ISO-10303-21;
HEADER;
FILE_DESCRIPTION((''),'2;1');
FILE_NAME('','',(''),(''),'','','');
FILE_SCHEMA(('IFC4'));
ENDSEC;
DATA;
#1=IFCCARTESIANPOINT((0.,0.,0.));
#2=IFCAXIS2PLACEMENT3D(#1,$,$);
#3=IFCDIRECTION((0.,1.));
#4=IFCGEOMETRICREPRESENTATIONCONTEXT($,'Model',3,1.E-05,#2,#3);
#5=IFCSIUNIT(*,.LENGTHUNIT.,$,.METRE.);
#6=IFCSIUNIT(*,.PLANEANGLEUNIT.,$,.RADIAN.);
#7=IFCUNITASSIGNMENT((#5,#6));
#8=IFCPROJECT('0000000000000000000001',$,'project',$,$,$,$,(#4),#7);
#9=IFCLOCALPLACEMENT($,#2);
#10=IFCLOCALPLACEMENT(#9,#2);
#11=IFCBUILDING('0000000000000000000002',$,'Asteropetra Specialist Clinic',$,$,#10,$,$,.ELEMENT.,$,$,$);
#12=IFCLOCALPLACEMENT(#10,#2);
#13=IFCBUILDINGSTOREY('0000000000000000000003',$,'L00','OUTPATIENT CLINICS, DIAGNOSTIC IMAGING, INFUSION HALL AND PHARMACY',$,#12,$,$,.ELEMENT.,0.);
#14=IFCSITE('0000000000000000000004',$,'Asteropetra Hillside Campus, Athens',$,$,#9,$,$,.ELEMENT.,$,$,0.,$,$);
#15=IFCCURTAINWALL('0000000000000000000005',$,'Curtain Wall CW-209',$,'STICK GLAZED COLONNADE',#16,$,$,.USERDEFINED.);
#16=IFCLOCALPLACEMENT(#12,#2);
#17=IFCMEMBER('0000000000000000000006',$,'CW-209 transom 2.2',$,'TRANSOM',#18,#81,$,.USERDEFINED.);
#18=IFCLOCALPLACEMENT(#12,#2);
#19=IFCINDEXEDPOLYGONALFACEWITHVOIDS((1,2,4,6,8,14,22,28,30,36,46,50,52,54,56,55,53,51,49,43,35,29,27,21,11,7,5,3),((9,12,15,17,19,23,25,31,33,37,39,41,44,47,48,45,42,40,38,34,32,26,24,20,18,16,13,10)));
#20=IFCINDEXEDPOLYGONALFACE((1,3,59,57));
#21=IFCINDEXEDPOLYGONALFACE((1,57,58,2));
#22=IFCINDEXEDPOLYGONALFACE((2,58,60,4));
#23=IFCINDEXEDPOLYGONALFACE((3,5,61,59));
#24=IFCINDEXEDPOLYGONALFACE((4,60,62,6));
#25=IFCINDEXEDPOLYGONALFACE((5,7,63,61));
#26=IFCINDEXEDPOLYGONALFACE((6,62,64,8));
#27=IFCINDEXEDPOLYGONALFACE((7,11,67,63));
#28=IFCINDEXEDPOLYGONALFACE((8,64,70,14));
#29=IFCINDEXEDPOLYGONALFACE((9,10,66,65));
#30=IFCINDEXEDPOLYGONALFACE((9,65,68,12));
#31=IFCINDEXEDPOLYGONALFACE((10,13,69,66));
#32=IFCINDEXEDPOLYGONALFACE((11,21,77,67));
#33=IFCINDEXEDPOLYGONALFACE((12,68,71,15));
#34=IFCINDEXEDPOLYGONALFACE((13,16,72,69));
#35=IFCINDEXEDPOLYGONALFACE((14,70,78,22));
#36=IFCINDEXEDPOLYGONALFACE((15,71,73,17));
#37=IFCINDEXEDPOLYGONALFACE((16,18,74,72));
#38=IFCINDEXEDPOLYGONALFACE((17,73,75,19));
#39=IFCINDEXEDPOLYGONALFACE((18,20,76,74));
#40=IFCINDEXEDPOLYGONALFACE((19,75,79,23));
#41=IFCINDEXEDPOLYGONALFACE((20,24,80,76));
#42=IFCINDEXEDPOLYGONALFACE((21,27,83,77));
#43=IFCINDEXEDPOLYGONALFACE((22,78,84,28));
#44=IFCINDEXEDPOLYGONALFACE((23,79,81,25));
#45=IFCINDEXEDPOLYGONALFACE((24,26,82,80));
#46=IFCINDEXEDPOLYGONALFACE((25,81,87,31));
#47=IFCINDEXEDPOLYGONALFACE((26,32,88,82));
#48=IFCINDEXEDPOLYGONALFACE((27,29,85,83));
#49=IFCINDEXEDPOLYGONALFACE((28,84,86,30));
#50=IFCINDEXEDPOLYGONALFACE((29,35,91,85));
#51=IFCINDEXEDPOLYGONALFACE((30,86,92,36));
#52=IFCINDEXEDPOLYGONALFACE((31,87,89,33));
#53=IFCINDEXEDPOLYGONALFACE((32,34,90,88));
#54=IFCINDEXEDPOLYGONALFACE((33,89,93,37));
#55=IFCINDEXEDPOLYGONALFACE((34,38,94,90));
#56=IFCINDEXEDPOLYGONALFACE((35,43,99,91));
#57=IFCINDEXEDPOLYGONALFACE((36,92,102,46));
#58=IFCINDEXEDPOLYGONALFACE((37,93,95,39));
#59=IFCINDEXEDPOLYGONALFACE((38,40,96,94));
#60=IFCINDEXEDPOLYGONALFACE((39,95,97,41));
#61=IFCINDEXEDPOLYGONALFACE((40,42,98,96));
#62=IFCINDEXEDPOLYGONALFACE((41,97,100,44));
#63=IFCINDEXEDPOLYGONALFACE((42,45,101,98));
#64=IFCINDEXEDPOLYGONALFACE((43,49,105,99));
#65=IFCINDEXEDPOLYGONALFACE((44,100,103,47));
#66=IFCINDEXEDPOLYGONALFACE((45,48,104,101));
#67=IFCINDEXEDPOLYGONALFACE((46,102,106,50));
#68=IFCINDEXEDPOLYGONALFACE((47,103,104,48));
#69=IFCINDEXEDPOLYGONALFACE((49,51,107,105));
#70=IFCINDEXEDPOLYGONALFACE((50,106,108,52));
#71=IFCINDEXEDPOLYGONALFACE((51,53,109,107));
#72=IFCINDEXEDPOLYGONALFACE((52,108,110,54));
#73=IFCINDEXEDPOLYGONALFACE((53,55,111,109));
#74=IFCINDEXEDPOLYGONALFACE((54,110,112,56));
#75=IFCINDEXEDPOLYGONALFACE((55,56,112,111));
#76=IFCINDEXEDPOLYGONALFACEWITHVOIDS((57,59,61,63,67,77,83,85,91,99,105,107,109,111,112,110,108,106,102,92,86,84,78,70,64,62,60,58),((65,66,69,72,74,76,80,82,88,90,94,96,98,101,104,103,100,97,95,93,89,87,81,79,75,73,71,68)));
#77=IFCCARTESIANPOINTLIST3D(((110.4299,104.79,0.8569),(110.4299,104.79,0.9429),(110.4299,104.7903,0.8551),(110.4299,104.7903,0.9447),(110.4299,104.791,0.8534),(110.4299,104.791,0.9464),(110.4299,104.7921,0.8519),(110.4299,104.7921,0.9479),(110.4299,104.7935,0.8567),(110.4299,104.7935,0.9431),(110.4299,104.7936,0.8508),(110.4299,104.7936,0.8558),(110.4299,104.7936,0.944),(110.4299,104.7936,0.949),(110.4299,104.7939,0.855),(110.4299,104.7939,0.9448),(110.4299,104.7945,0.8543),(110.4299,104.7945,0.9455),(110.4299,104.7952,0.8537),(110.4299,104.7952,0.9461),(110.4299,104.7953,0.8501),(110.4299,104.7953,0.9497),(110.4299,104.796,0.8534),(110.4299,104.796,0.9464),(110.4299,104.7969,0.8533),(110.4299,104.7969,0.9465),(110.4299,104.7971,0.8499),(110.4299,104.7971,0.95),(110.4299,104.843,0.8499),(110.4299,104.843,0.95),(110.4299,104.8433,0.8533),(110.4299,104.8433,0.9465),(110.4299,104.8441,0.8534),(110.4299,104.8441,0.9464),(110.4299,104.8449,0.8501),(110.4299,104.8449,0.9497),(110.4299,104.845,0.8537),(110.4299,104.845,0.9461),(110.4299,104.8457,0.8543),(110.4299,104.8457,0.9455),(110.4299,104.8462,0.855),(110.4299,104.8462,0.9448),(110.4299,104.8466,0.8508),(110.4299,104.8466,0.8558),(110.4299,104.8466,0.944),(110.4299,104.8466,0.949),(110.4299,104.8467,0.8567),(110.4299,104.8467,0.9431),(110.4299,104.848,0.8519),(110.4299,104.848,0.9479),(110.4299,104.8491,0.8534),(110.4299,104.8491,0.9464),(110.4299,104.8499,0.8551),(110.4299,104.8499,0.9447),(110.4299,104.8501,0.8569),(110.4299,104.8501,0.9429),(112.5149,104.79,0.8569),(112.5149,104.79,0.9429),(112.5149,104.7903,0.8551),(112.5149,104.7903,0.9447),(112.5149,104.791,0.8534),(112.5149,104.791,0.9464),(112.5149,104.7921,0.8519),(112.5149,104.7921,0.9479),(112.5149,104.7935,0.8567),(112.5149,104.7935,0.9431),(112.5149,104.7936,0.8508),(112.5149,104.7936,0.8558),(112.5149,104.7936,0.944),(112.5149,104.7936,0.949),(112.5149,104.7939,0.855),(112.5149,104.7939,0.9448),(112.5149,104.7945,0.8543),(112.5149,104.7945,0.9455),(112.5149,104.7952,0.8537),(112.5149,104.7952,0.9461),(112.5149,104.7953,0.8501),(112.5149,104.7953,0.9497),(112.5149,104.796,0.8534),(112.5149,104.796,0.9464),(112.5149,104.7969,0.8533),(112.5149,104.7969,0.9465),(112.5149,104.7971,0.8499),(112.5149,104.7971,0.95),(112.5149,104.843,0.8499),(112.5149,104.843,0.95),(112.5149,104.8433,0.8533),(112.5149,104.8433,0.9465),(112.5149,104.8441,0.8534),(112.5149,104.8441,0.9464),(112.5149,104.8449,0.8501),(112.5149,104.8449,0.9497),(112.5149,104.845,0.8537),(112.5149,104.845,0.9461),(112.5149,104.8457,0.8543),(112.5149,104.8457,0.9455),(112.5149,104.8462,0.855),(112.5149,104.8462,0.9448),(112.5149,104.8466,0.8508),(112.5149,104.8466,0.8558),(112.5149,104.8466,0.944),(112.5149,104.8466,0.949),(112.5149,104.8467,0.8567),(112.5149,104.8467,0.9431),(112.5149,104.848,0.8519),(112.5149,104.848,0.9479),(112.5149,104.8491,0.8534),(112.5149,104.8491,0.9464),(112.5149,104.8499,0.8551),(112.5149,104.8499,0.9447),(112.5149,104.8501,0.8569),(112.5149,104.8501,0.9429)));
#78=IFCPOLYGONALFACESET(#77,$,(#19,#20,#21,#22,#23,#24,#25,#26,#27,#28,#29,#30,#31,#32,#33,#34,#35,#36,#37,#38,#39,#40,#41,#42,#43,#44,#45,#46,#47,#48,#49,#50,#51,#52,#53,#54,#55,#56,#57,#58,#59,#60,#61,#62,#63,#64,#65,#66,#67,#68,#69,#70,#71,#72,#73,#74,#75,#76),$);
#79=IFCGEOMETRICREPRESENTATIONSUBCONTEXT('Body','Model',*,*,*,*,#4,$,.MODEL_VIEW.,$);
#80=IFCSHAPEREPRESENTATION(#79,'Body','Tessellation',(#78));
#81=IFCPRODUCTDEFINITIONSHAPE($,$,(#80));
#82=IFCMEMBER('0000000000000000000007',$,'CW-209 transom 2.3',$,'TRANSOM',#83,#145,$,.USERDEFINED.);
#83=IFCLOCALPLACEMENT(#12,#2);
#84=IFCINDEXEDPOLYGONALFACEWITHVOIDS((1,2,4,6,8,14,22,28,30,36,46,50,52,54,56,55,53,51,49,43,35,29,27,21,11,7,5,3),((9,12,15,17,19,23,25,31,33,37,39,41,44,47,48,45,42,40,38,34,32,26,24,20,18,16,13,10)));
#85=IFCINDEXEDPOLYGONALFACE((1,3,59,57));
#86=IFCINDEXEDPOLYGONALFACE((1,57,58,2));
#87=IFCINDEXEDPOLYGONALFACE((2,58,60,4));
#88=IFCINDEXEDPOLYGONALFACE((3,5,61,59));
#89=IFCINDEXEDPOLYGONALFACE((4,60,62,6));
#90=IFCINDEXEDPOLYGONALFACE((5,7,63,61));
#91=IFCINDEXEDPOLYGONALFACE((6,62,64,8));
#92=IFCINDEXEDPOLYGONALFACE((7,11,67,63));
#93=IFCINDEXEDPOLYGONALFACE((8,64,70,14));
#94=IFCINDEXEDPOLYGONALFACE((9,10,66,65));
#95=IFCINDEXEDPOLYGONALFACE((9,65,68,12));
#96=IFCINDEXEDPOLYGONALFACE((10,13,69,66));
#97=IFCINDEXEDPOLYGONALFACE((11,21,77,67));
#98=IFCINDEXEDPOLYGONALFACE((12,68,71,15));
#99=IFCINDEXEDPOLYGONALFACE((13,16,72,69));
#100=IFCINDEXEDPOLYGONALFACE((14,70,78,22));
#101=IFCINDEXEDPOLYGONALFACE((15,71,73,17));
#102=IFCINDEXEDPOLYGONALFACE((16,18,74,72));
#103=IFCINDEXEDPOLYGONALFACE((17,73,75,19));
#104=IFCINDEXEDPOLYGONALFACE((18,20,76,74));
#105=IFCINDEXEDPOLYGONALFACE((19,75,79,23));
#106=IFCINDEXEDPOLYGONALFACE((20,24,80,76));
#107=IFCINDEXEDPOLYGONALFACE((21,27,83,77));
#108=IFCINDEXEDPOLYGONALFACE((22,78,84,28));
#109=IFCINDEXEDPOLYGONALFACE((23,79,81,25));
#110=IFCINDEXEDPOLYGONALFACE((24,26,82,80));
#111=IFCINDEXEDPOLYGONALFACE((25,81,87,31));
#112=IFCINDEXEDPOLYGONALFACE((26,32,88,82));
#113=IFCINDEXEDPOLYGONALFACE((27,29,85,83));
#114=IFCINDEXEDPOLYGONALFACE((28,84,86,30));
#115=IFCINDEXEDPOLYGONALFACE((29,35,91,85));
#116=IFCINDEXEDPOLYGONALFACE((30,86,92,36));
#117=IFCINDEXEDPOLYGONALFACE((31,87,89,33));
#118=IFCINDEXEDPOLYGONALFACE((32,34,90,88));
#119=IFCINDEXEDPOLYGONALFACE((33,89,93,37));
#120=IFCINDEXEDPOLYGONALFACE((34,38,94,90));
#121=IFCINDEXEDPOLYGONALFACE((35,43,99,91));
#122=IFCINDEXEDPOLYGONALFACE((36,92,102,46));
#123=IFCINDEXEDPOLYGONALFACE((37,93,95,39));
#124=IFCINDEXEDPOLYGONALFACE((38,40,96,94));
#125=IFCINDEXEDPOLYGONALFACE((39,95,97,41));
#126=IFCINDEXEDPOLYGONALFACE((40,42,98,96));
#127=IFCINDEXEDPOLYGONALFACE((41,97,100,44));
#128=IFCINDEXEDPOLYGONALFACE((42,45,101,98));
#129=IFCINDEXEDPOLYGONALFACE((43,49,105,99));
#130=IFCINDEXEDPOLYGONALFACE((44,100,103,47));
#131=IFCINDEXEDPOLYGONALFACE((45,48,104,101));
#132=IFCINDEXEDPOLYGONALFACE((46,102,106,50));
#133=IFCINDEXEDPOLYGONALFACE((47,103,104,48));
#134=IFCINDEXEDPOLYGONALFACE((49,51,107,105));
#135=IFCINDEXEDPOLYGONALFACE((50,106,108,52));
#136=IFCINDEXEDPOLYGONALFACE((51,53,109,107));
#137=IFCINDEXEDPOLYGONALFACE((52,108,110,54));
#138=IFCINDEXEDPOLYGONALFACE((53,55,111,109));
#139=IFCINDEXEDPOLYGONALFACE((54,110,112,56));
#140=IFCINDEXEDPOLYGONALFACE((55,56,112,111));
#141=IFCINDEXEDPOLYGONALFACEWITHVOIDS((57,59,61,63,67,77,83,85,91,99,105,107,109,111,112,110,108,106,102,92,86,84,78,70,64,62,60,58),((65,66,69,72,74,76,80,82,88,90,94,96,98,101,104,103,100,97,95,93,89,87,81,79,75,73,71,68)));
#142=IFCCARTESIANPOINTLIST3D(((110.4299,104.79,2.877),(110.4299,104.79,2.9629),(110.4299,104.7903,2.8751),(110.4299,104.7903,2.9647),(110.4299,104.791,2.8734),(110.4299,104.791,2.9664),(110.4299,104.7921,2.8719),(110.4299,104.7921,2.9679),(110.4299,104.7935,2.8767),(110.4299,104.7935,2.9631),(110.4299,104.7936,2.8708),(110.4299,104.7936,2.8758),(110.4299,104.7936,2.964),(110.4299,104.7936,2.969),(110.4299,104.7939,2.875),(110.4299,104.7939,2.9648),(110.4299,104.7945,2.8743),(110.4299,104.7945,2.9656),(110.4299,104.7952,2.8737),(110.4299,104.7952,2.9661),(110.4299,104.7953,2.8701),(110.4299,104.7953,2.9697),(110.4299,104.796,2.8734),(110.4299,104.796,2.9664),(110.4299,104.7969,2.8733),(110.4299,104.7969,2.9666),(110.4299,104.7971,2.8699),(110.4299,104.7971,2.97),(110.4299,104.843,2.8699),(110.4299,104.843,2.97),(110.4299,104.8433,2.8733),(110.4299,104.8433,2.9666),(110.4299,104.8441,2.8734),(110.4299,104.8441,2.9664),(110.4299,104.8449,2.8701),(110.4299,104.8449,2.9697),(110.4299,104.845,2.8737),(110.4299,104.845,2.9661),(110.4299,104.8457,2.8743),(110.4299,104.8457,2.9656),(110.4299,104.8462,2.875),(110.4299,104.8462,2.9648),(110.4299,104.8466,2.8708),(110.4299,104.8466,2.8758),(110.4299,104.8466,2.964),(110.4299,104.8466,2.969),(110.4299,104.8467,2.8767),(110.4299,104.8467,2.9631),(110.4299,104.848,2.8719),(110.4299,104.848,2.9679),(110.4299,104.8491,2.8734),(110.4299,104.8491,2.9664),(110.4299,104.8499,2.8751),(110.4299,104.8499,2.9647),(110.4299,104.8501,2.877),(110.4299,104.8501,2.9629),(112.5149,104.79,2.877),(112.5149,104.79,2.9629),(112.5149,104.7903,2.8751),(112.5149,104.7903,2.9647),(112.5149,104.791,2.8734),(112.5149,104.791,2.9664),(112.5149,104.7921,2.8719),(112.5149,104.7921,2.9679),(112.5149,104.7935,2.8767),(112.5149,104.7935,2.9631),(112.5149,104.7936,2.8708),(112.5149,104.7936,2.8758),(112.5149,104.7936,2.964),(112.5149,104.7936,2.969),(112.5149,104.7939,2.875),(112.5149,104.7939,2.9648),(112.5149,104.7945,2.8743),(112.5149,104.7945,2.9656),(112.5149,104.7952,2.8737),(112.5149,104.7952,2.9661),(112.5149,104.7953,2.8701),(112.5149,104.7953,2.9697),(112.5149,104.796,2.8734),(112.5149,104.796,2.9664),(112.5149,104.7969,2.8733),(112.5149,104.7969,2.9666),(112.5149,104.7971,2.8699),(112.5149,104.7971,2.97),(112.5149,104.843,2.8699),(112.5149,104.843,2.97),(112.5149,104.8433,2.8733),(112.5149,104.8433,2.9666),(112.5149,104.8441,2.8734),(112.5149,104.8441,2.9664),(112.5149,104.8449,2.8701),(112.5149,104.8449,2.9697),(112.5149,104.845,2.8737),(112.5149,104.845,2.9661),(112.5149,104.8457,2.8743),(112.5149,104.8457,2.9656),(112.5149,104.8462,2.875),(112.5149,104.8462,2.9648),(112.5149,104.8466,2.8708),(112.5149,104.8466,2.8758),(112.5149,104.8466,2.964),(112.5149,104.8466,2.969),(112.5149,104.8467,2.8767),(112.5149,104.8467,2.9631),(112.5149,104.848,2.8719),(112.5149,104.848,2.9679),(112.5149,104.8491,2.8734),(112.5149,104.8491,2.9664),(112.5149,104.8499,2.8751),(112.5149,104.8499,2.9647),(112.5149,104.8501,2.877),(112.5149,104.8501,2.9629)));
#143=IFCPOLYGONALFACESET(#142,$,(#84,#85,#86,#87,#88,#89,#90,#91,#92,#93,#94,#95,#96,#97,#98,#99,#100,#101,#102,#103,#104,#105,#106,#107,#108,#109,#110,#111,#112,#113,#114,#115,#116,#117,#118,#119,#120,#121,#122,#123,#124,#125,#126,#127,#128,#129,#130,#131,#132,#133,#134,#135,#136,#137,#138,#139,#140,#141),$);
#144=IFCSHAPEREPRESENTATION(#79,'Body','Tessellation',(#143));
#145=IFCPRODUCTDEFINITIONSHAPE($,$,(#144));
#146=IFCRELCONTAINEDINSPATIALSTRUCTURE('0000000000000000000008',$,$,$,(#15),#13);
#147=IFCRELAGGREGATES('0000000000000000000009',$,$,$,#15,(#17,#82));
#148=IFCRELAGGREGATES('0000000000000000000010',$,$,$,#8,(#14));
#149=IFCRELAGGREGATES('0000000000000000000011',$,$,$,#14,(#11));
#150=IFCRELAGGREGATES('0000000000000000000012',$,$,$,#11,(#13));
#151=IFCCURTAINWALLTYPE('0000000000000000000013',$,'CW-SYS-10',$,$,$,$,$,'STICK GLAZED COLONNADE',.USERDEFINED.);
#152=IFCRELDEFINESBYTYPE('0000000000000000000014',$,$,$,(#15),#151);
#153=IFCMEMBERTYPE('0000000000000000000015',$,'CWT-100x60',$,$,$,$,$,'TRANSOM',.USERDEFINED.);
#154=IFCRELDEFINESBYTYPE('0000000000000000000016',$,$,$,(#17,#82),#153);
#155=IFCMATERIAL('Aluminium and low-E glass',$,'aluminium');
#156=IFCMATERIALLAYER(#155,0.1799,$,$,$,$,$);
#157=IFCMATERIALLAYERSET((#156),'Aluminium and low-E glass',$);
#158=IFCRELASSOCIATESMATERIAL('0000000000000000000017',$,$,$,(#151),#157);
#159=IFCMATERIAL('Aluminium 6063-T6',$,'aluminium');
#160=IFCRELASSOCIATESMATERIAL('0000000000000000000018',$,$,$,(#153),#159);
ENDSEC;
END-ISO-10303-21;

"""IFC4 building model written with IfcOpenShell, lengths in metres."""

from ifc_helpers import new_model, si_unit, direction, frame, origin, origin_2d, place, context, subcontext, project, spatial, hollow_rectangle, extrude, material, layer, layer_set, material_profile, profile_set, type_object, element, aggregate, save


model = new_model("IFC4")

# Units and contexts
model_context = context("Model", 3, precision=1e-05, world=origin(), true_north=direction((0.0, 1.0)))
body_context = subcontext(model_context, "Body", "Model", "MODEL_VIEW")
ifc_project = project(units=[si_unit("LENGTHUNIT", "METRE"), si_unit("PLANEANGLEUNIT", "RADIAN")], contexts=[model_context])

# Site, building, storey
site_placement = place(None, origin())
site = spatial("IfcSite", under=ifc_project, at=site_placement, Name="Asteropetra Hillside Campus, Athens", CompositionType="ELEMENT", RefElevation=0.0)
building_placement = place(site_placement, origin())
building = spatial("IfcBuilding", under=site, at=building_placement, Name="Asteropetra Specialist Clinic", CompositionType="ELEMENT")
storey_placement = place(building_placement, origin())
storey = spatial("IfcBuildingStorey", under=building, at=storey_placement, Name="L00", Description="OUTPATIENT CLINICS, DIAGNOSTIC IMAGING, INFUSION HALL AND PHARMACY", CompositionType="ELEMENT", Elevation=0.0)

# Curtain wall, members
ifc_material_1 = material(Name="Aluminium and low-E glass", Category="aluminium")
ifc_layer_1 = layer(ifc_material_1, 0.1799)
ifc_layer_set_1 = layer_set([ifc_layer_1], Name="Aluminium and low-E glass")
curtain_wall_type = type_object("IfcCurtainWallType", Name="CW-SYS-10", ElementType="STICK GLAZED COLONNADE", PredefinedType="USERDEFINED", material=ifc_layer_set_1)
curtain_wall_placement = place(storey_placement, origin())
curtain_wall = element("IfcCurtainWall", 1, at=curtain_wall_placement, inside=storey, type_object=curtain_wall_type, Name="Curtain Wall CW-209", ObjectType="STICK GLAZED COLONNADE", PredefinedType="USERDEFINED")
ifc_material_2 = material(Name="Aluminium 6063-T6", Category="aluminium")
ifc_material_profile_1 = material_profile(ifc_material_2, hollow_rectangle(XDim=0.0601, YDim=0.1001, WallThickness=0.0034, InnerFilletRadius=0.0034, OuterFilletRadius=0.0071, at=origin_2d()), Name="TRN 100x60x3.5")
ifc_profile_set_1 = profile_set([ifc_material_profile_1], Name="Aluminium 6063-T6")
member_type_1 = type_object("IfcMemberType", Name="CWT-100x60", ElementType="TRANSOM", PredefinedType="USERDEFINED", material=ifc_profile_set_1)
member_1_placement = place(storey_placement, frame((112.5149, 104.8201, 0.8999), z_axis=(-1.0, 0.0, 0.0), x_axis=(0.0, -1.0, 0.0)))
member_1 = element("IfcMember", 2, at=member_1_placement, type_object=member_type_1, Name="CW-209 transom 2.2", ObjectType="TRANSOM", PredefinedType="USERDEFINED", context=body_context, shape_type="SweptSolid", body=[
    extrude(hollow_rectangle(XDim=0.0601, YDim=0.1001, WallThickness=0.0034, InnerFilletRadius=0.0034, OuterFilletRadius=0.0071, at=origin_2d()), origin(), (0.0, 0.0, 1.0), 2.085),
])
member_2_placement = place(storey_placement, frame((112.5149, 104.8201, 2.9199), z_axis=(-1.0, 0.0, 0.0), x_axis=(0.0, -1.0, 0.0)))
member_2 = element("IfcMember", 3, at=member_2_placement, type_object=member_type_1, Name="CW-209 transom 2.3", ObjectType="TRANSOM", PredefinedType="USERDEFINED", context=body_context, shape_type="SweptSolid", body=[
    extrude(hollow_rectangle(XDim=0.0601, YDim=0.1001, WallThickness=0.0034, InnerFilletRadius=0.0034, OuterFilletRadius=0.0071, at=origin_2d()), origin(), (0.0, 0.0, 1.0), 2.085),
])
aggregate(curtain_wall, [member_1, member_2])

save(model, "model.ifc")
